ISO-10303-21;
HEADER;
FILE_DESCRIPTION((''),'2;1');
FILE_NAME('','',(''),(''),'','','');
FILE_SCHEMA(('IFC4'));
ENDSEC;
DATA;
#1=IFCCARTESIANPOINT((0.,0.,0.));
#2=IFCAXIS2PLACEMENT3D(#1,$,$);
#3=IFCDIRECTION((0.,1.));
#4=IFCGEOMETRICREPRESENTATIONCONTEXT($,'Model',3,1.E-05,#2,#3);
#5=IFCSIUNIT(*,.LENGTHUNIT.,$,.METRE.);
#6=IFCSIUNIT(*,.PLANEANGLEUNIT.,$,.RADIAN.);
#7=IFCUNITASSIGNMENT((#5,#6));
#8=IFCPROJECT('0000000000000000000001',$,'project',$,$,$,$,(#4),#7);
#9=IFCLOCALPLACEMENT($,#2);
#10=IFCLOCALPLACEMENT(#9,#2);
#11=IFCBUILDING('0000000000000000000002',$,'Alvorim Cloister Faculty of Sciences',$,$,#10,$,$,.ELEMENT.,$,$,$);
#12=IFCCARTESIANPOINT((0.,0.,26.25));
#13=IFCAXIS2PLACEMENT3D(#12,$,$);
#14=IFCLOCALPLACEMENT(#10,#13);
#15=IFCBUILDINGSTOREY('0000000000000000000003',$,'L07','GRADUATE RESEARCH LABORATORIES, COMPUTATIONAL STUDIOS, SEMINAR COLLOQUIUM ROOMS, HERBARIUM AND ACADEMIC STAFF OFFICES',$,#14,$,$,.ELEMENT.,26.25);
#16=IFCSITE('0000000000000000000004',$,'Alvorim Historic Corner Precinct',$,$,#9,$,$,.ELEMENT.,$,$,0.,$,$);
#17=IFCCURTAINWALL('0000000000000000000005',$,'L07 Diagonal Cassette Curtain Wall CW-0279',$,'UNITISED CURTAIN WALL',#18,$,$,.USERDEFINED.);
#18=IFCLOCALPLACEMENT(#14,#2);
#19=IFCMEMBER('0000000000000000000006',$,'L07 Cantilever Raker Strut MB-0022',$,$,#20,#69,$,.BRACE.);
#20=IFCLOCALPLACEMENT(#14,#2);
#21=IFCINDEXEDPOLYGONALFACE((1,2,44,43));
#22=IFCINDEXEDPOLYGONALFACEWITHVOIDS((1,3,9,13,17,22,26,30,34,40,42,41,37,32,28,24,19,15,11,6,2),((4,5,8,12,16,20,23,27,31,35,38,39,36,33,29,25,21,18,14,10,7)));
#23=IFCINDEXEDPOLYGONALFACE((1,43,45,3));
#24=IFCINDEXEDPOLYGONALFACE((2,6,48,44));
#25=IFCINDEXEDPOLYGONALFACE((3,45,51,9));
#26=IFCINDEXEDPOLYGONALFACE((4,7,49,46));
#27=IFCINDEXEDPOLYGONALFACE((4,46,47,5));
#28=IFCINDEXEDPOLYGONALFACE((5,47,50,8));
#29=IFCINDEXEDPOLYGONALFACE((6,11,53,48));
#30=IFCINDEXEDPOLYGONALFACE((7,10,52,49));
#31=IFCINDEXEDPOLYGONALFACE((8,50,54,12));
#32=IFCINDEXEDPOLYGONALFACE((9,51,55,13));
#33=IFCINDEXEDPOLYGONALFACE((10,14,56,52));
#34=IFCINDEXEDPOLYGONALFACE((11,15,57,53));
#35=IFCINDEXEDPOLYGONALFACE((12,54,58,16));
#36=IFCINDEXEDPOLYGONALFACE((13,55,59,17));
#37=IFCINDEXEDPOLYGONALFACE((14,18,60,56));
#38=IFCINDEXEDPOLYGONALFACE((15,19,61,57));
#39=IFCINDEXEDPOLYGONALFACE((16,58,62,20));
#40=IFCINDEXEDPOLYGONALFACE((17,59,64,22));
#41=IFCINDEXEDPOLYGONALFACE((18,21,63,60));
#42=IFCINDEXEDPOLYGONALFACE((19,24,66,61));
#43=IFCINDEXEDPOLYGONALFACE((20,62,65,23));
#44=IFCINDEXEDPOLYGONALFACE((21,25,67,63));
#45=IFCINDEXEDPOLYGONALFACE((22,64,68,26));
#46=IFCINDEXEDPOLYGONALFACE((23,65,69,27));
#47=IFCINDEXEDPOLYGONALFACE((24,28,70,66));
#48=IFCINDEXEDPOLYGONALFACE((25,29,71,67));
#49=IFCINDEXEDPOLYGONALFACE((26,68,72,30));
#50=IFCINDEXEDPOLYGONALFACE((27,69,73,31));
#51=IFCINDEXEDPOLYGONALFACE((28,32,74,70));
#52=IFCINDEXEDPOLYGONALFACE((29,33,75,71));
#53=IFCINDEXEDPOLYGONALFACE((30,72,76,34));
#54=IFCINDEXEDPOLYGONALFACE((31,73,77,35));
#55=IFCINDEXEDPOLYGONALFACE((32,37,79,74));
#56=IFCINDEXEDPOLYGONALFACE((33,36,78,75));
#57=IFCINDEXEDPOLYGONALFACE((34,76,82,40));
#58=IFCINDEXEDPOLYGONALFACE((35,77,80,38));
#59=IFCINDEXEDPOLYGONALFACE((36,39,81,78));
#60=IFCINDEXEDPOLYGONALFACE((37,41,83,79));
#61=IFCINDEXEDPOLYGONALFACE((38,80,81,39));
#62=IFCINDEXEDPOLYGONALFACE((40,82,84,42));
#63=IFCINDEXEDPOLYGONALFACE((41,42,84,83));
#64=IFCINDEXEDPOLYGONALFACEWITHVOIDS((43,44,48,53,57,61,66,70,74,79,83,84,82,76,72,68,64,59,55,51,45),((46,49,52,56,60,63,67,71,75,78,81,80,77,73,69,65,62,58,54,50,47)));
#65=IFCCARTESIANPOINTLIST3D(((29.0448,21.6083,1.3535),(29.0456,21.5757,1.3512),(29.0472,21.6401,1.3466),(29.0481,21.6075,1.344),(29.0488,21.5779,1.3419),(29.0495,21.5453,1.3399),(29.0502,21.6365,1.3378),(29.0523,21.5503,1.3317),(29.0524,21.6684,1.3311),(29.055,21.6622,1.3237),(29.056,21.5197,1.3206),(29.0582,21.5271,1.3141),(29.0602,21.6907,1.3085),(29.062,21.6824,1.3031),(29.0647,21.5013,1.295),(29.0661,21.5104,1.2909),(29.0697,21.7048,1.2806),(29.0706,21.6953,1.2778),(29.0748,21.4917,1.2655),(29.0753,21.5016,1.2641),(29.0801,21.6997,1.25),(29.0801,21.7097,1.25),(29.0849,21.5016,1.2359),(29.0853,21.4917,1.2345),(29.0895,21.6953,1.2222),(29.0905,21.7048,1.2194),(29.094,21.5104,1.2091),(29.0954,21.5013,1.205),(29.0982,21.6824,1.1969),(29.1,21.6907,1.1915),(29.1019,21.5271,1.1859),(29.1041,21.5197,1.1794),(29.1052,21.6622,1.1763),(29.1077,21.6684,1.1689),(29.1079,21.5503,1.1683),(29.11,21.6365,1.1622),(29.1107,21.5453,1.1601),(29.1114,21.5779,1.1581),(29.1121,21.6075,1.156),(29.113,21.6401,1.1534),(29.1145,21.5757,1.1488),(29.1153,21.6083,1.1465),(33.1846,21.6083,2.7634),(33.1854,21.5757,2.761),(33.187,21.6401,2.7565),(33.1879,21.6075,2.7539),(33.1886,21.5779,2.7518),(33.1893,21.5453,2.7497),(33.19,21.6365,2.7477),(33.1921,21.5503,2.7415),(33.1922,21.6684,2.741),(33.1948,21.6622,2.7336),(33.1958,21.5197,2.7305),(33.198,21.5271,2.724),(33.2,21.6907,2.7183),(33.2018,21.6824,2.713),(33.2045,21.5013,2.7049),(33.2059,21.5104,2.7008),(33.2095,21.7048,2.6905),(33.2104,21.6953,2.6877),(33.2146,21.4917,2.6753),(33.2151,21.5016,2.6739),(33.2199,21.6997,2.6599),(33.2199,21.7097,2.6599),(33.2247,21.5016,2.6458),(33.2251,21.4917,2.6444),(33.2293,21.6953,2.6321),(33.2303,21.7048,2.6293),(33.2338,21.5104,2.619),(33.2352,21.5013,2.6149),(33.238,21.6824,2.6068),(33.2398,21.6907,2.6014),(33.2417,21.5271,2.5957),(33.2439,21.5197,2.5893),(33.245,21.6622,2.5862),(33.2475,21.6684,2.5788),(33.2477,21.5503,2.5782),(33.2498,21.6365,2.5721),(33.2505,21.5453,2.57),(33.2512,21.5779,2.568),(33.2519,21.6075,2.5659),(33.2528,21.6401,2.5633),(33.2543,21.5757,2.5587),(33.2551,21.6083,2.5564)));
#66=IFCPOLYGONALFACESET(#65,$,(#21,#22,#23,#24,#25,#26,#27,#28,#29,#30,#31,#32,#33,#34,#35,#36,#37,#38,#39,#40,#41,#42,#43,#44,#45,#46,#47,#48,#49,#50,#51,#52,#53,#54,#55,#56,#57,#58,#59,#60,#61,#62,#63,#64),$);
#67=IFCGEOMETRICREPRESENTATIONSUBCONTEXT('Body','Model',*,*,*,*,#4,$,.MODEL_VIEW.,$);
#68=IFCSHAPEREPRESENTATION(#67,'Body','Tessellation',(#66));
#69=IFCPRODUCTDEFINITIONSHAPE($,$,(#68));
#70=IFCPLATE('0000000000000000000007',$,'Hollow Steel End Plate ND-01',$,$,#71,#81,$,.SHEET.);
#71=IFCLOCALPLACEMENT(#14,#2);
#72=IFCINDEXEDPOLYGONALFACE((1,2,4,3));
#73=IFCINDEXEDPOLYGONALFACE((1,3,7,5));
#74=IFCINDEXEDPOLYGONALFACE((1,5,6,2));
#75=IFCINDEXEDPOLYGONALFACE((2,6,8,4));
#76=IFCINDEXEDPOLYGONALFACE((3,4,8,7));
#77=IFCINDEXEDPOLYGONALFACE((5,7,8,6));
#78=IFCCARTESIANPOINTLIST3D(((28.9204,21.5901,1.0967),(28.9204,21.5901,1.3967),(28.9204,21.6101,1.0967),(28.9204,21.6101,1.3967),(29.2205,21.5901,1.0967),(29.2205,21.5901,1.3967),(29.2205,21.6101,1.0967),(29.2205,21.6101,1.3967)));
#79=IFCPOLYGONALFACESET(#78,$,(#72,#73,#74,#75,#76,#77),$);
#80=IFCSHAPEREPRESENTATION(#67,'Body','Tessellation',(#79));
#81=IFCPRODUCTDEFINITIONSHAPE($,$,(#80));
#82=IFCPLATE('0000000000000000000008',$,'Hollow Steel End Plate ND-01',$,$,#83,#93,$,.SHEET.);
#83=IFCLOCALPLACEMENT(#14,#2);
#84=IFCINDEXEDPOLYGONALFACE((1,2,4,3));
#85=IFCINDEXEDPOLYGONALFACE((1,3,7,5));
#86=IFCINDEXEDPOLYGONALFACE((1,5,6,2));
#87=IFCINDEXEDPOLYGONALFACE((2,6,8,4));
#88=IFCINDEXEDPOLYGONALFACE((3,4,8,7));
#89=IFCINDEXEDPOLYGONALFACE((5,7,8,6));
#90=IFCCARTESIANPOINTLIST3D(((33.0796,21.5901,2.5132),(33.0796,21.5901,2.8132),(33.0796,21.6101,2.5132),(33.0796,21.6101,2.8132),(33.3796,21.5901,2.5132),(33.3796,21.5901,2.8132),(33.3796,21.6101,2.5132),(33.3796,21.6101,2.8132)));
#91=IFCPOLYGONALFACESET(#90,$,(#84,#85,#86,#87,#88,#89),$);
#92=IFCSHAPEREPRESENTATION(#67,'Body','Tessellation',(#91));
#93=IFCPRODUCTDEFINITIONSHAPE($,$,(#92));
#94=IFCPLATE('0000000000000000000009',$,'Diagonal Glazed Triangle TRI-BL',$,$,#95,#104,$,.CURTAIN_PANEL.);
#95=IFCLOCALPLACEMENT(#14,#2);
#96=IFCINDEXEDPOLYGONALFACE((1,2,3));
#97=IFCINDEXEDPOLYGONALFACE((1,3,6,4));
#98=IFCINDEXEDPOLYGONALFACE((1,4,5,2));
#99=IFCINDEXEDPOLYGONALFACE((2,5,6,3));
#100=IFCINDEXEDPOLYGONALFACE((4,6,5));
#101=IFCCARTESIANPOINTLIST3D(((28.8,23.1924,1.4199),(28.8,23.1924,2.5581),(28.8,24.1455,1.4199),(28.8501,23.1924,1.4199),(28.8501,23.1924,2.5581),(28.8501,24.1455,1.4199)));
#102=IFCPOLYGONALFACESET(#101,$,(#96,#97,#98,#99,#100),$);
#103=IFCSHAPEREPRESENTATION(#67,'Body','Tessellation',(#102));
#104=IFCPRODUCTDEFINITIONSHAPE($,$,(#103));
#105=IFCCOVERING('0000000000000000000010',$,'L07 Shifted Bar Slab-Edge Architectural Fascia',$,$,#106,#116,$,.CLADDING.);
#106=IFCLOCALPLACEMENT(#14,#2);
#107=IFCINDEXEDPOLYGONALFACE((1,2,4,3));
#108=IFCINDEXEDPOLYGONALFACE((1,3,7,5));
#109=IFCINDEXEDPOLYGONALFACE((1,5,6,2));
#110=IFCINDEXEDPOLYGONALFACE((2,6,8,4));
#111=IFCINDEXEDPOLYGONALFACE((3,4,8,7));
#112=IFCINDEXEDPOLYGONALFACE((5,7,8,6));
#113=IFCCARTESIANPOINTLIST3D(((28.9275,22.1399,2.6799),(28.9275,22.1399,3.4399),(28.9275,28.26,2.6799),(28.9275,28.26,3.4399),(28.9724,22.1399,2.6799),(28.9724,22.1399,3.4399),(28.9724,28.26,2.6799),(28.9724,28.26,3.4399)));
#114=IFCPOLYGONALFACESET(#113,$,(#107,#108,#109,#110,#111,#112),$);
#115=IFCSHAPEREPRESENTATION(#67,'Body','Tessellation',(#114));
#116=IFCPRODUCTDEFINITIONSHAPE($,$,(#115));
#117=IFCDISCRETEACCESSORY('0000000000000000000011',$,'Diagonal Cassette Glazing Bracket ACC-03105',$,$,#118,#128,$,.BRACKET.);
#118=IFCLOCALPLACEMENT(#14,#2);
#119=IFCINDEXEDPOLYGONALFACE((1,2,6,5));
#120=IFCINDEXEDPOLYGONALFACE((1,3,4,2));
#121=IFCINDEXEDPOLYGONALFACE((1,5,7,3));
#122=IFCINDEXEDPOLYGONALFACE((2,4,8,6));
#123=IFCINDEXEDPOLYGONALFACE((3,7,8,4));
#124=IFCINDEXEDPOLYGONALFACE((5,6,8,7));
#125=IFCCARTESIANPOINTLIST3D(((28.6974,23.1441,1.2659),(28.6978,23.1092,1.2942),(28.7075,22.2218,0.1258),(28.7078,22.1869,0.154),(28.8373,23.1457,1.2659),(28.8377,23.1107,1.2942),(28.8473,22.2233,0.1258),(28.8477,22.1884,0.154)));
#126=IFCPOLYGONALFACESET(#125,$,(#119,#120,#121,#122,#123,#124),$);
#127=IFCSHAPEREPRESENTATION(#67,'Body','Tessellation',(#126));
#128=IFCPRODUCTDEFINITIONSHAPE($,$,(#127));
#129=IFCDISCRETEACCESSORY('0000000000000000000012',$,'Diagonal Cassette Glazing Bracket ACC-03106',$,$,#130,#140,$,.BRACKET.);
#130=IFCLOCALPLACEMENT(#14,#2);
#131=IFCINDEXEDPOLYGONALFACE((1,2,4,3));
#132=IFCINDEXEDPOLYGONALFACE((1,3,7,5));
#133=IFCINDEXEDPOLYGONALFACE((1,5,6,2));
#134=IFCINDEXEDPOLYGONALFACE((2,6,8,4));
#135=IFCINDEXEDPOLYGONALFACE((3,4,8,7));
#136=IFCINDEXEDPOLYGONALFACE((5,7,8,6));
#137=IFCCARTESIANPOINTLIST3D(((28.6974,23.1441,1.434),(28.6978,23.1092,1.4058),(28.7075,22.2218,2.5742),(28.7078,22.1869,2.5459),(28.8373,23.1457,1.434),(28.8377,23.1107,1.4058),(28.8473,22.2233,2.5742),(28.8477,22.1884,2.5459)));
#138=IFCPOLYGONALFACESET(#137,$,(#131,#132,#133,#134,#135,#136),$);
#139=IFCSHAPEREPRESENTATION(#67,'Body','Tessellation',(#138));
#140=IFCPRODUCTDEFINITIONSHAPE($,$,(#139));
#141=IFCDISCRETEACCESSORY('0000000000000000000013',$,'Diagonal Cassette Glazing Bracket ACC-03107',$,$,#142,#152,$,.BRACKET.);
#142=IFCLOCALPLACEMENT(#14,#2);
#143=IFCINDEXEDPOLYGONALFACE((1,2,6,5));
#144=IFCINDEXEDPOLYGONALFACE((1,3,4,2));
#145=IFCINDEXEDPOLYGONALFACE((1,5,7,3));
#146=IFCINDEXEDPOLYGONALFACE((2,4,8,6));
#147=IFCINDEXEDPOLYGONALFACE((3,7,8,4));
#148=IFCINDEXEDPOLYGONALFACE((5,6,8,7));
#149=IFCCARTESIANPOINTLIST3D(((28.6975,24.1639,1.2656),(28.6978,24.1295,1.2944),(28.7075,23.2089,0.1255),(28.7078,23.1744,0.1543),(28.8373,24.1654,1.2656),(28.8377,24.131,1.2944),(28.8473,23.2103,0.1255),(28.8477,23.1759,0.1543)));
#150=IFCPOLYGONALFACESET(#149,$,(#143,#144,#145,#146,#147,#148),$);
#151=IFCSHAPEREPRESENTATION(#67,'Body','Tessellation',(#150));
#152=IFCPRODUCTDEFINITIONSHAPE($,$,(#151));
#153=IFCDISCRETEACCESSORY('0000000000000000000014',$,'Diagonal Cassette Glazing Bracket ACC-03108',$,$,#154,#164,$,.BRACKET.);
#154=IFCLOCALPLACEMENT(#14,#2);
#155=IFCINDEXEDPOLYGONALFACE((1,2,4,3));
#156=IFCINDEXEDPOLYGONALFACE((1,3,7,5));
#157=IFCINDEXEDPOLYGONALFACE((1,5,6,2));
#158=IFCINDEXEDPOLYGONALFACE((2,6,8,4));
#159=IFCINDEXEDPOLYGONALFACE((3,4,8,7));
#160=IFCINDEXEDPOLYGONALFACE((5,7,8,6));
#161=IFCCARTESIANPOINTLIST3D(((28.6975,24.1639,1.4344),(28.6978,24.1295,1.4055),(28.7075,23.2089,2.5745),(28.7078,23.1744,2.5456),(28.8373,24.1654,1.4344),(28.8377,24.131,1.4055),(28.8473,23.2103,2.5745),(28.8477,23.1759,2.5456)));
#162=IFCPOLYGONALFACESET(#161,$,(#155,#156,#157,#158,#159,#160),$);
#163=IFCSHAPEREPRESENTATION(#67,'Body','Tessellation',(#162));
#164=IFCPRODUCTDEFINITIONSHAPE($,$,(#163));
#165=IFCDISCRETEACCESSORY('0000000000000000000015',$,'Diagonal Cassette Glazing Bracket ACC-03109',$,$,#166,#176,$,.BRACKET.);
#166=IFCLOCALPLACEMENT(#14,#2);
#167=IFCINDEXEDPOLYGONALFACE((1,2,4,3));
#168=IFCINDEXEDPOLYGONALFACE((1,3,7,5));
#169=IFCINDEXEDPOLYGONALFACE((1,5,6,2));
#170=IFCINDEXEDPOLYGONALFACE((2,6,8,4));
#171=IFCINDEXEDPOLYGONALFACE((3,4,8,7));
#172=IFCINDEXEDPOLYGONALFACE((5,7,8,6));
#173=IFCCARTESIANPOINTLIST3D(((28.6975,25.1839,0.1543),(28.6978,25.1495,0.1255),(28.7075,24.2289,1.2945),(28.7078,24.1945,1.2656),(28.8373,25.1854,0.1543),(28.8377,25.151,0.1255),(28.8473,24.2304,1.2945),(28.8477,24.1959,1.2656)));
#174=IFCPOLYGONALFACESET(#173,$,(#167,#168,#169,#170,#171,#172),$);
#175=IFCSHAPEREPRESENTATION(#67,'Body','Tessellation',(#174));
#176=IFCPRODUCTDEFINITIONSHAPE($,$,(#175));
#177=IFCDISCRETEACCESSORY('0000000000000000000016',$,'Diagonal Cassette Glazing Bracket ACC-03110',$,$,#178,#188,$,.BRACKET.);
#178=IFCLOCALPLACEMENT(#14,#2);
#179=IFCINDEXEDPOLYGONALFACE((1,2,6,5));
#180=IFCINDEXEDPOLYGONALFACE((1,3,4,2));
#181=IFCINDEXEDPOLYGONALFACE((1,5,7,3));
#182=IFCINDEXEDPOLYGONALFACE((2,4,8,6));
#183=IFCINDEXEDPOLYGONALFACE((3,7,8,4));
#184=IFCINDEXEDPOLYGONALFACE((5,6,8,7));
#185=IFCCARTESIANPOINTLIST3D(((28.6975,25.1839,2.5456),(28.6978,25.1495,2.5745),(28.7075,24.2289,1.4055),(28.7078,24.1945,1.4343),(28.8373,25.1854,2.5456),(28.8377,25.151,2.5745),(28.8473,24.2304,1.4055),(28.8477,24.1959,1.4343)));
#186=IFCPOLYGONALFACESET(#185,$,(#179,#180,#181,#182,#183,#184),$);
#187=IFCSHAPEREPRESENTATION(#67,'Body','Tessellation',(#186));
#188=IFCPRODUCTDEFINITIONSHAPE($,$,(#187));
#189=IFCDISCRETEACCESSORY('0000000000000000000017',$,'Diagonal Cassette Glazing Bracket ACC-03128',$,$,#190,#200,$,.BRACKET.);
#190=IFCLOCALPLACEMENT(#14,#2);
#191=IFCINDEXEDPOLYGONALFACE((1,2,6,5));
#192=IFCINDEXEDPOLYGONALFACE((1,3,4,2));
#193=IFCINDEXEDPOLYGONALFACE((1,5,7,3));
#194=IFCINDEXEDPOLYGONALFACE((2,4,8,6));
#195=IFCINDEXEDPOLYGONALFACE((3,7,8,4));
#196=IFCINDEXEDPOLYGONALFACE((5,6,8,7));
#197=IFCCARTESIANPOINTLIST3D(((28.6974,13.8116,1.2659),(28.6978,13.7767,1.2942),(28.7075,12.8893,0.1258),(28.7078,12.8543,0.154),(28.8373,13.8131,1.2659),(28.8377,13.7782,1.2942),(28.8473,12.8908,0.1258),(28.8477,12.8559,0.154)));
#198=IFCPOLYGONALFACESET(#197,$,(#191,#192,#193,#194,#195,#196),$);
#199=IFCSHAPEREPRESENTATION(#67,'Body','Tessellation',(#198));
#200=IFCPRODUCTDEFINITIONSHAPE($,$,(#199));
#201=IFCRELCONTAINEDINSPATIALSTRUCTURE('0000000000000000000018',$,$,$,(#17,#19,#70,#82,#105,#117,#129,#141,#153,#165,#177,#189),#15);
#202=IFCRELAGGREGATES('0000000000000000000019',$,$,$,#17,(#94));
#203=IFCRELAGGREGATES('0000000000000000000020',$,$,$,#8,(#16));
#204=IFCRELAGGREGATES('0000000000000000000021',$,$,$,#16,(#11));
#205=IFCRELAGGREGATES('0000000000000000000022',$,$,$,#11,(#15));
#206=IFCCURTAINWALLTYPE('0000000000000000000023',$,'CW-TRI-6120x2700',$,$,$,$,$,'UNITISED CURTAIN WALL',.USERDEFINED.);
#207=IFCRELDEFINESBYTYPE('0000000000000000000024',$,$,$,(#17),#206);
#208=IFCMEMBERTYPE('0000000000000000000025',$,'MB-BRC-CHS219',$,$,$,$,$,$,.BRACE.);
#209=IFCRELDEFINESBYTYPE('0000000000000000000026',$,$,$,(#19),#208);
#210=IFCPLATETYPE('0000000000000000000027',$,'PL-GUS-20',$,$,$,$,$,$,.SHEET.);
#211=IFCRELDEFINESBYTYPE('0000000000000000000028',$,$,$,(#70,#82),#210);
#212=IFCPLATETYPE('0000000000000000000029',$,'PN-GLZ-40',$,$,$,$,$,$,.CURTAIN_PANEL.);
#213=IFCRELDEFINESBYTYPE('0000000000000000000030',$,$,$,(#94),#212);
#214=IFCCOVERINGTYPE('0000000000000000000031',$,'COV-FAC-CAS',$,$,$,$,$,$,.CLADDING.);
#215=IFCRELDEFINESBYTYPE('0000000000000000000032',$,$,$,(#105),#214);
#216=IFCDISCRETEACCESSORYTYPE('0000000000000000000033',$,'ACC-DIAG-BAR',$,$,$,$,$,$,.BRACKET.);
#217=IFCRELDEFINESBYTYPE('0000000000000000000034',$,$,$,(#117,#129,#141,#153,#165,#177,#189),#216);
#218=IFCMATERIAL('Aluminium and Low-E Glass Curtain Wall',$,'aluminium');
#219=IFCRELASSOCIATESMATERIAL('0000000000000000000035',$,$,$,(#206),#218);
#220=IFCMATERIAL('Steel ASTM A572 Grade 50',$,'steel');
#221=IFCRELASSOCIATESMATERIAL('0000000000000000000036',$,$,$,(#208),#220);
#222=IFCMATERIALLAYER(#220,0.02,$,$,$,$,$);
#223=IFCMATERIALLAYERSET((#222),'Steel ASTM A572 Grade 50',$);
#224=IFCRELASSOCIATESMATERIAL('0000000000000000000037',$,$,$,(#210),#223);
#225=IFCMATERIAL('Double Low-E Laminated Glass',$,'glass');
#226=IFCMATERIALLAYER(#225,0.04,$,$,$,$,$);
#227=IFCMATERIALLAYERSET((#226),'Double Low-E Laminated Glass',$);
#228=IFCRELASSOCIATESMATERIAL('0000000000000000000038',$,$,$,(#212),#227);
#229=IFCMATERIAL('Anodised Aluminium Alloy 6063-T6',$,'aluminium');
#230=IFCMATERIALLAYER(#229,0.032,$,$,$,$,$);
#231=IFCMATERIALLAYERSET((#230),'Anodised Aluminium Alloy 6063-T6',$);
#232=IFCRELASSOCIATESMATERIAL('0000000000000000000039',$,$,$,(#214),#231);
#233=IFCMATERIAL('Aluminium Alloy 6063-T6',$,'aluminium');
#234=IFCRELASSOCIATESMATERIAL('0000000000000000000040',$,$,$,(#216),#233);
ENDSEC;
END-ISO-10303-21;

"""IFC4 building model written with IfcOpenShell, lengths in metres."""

from ifc_helpers import new_model, si_unit, direction, frame, origin, origin_2d, place, context, subcontext, project, spatial, polyline, rectangle, hollow_circle, outline, extrude, material, layer, layer_set, material_profile, profile_set, type_object, element, aggregate, save


model = new_model("IFC4")

# Units and contexts
model_context = context("Model", 3, precision=1e-05, world=origin(), true_north=direction((0.0, 1.0)))
body_context = subcontext(model_context, "Body", "Model", "MODEL_VIEW")
ifc_project = project(units=[si_unit("LENGTHUNIT", "METRE"), si_unit("PLANEANGLEUNIT", "RADIAN")], contexts=[model_context])

# Site, building, storey
site_placement = place(None, origin())
site = spatial("IfcSite", under=ifc_project, at=site_placement, Name="Alvorim Historic Corner Precinct", CompositionType="ELEMENT", RefElevation=0.0)
building_placement = place(site_placement, origin())
building = spatial("IfcBuilding", under=site, at=building_placement, Name="Alvorim Cloister Faculty of Sciences", CompositionType="ELEMENT")
storey_placement = place(building_placement, frame((0.0, 0.0, 26.25)))
storey = spatial("IfcBuildingStorey", under=building, at=storey_placement, Name="L07", Description="GRADUATE RESEARCH LABORATORIES, COMPUTATIONAL STUDIOS, SEMINAR COLLOQUIUM ROOMS, HERBARIUM AND ACADEMIC STAFF OFFICES", CompositionType="ELEMENT", Elevation=26.25)

# Shared definitions
ifc_material_1 = material(Name="Steel ASTM A572 Grade 50", Category="steel")

# Curtain wall
ifc_material_2 = material(Name="Aluminium and Low-E Glass Curtain Wall", Category="aluminium")
curtain_wall_type = type_object("IfcCurtainWallType", Name="CW-TRI-6120x2700", ElementType="UNITISED CURTAIN WALL", PredefinedType="USERDEFINED", material=ifc_material_2)
curtain_wall_1_placement = place(storey_placement, origin())
curtain_wall_1 = element("IfcCurtainWall", 1, at=curtain_wall_1_placement, inside=storey, type_object=curtain_wall_type, Name="L07 Diagonal Cassette Curtain Wall CW-0279", ObjectType="UNITISED CURTAIN WALL", PredefinedType="USERDEFINED")
ifc_material_3 = material(Name="Aluminium Alloy 6063-T6", Category="aluminium")

# Member
ifc_material_profile_1 = material_profile(ifc_material_1, hollow_circle(Radius=0.1096, WallThickness=0.01, at=origin_2d()), Name="CHS219.1x10")
ifc_profile_set_1 = profile_set([ifc_material_profile_1], Name="Steel ASTM A572 Grade 50")
member_type_1 = type_object("IfcMemberType", Name="MB-BRC-CHS219", PredefinedType="BRACE", material=ifc_profile_set_1)
member_1_placement = place(storey_placement, frame((29.0801, 21.6001, 1.25), z_axis=(0.946609, 0.0, 0.322384), x_axis=(0.0, 1.0, 0.0)))
element("IfcMember", 2, at=member_1_placement, inside=storey, type_object=member_type_1, Name="L07 Cantilever Raker Strut MB-0022", PredefinedType="BRACE", context=body_context, shape_type="SweptSolid", body=[
    extrude(hollow_circle(Radius=0.1096, WallThickness=0.01, at=origin_2d()), origin(), (0.0, 0.0, 1.0), 4.3733),
])

# Plates
ifc_layer_1 = layer(ifc_material_1, 0.02)
ifc_layer_set_1 = layer_set([ifc_layer_1], Name="Steel ASTM A572 Grade 50")
plate_type_1 = type_object("IfcPlateType", Name="PL-GUS-20", PredefinedType="SHEET", material=ifc_layer_set_1)
for number, where, z_axis, x_axis, name in (
    (3, (28.9204, 21.6001, 1.0967), (0.0, 0.0, 1.0), (1.0, 0.0, 0.0), "Hollow Steel End Plate ND-01"),
    (4, (33.0796, 21.6001, 2.5132), (0.0, 0.0, 1.0), (1.0, 0.0, 0.0), "Hollow Steel End Plate ND-01"),
):
    element("IfcPlate", number, at=place(storey_placement, frame(where, z_axis=z_axis, x_axis=x_axis)), inside=storey, type_object=plate_type_1, Name=name, PredefinedType="SHEET", context=body_context, shape_type="SweptSolid", body=[
        extrude(outline(polyline([(0.0, 0.0), (0.3, 0.0), (0.3, 0.3), (0.0, 0.3), (0.0, 0.0)])), frame((0.0, 0.01, 0.0), z_axis=(0.0, -1.0, 0.0), x_axis=(1.0, 0.0, 0.0)), (0.0, 0.0, 1.0), 0.02),
    ])

# Plate
ifc_material_4 = material(Name="Double Low-E Laminated Glass", Category="glass")
ifc_layer_2 = layer(ifc_material_4, 0.04)
ifc_layer_set_2 = layer_set([ifc_layer_2], Name="Double Low-E Laminated Glass")
plate_type_2 = type_object("IfcPlateType", Name="PN-GLZ-40", PredefinedType="CURTAIN_PANEL", material=ifc_layer_set_2)
plate_1_placement = place(storey_placement, frame((28.825, 23.1924, 1.4199), z_axis=(0.0, 0.0, 1.0), x_axis=(0.0, 1.0, 0.0)))
plate_1 = element("IfcPlate", 5, at=plate_1_placement, type_object=plate_type_2, Name="Diagonal Glazed Triangle TRI-BL", PredefinedType="CURTAIN_PANEL", context=body_context, shape_type="SweptSolid", body=[
    extrude(outline(polyline([(0.0, 0.0), (0.9531, 0.0), (0.0, 1.1382), (0.0, 0.0)])), frame((0.0, 0.0249, 0.0), z_axis=(0.0, -1.0, 0.0), x_axis=(1.0, 0.0, 0.0)), (0.0, 0.0, 1.0), 0.05),
])
aggregate(curtain_wall_1, [plate_1])

# Covering
ifc_material_5 = material(Name="Anodised Aluminium Alloy 6063-T6", Category="aluminium")
ifc_layer_3 = layer(ifc_material_5, 0.032)
ifc_layer_set_3 = layer_set([ifc_layer_3], Name="Anodised Aluminium Alloy 6063-T6")
covering_type = type_object("IfcCoveringType", Name="COV-FAC-CAS", PredefinedType="CLADDING", material=ifc_layer_set_3)
covering_placement = place(storey_placement, frame((28.95, 22.1399, 2.6799), z_axis=(0.0, 0.0, 1.0), x_axis=(0.0, 1.0, 0.0)))
element("IfcCovering", 6, at=covering_placement, inside=storey, type_object=covering_type, Name="L07 Shifted Bar Slab-Edge Architectural Fascia", PredefinedType="CLADDING", context=body_context, shape_type="SweptSolid", body=[
    extrude(outline(polyline([(0.0, 0.0), (6.1201, 0.0), (6.1201, 0.76), (0.0, 0.76), (0.0, 0.0)])), frame((0.0, 0.0225, 0.0), z_axis=(0.0, -1.0, 0.0), x_axis=(1.0, 0.0, 0.0)), (0.0, 0.0, 1.0), 0.0449),
])

# Discrete accessories
discrete_accessory_type = type_object("IfcDiscreteAccessoryType", Name="ACC-DIAG-BAR", PredefinedType="BRACKET", material=ifc_material_3)
for number, where, z_axis, x_axis, name in (
    (7, (28.7776, 22.2051, 0.1399), (-0.006825, 0.628935, 0.777428), (-0.999941, -0.010852, 0.0), "Diagonal Cassette Glazing Bracket ACC-03105"),
    (8, (28.7776, 22.2051, 2.5601), (-0.006825, 0.628935, -0.777428), (-0.999941, -0.010852, 0.0), "Diagonal Cassette Glazing Bracket ACC-03106"),
):
    element("IfcDiscreteAccessory", number, at=place(storey_placement, frame(where, z_axis=z_axis, x_axis=x_axis)), inside=storey, type_object=discrete_accessory_type, Name=name, PredefinedType="BRACKET", context=body_context, shape_type="SweptSolid", body=[
        extrude(rectangle(XDim=0.1399, YDim=0.0449, at=origin_2d()), origin(), (0.0, 0.0, 1.0), 1.4666),
    ])
for number, where, z_axis, x_axis, name in (
    (9, (28.7776, 23.1924, 0.1399), (-0.00673, 0.642138, 0.76656), (-0.999945, -0.01048, 0.0), "Diagonal Cassette Glazing Bracket ACC-03107"),
    (10, (28.7776, 23.1924, 2.5601), (-0.00673, 0.642138, -0.76656), (-0.999945, -0.01048, 0.0), "Diagonal Cassette Glazing Bracket ACC-03108"),
    (11, (28.7776, 24.2124, 1.28), (-0.00673, 0.642138, -0.76656), (-0.999945, -0.01048, 0.0), "Diagonal Cassette Glazing Bracket ACC-03109"),
    (12, (28.7776, 24.2124, 1.4199), (-0.00673, 0.642138, 0.76656), (-0.999945, -0.01048, 0.0), "Diagonal Cassette Glazing Bracket ACC-03110"),
):
    element("IfcDiscreteAccessory", number, at=place(storey_placement, frame(where, z_axis=z_axis, x_axis=x_axis)), inside=storey, type_object=discrete_accessory_type, Name=name, PredefinedType="BRACKET", context=body_context, shape_type="SweptSolid", body=[
        extrude(rectangle(XDim=0.1399, YDim=0.0449, at=origin_2d()), origin(), (0.0, 0.0, 1.0), 1.4873),
    ])
for number, where, z_axis, x_axis, name in (
    (13, (28.7776, 12.8726, 0.1399), (-0.006825, 0.628935, 0.777428), (-0.999941, -0.010852, 0.0), "Diagonal Cassette Glazing Bracket ACC-03128"),
):
    element("IfcDiscreteAccessory", number, at=place(storey_placement, frame(where, z_axis=z_axis, x_axis=x_axis)), inside=storey, type_object=discrete_accessory_type, Name=name, PredefinedType="BRACKET", context=body_context, shape_type="SweptSolid", body=[
        extrude(rectangle(XDim=0.1399, YDim=0.0449, at=origin_2d()), origin(), (0.0, 0.0, 1.0), 1.4666),
    ])

save(model, "model.ifc")
